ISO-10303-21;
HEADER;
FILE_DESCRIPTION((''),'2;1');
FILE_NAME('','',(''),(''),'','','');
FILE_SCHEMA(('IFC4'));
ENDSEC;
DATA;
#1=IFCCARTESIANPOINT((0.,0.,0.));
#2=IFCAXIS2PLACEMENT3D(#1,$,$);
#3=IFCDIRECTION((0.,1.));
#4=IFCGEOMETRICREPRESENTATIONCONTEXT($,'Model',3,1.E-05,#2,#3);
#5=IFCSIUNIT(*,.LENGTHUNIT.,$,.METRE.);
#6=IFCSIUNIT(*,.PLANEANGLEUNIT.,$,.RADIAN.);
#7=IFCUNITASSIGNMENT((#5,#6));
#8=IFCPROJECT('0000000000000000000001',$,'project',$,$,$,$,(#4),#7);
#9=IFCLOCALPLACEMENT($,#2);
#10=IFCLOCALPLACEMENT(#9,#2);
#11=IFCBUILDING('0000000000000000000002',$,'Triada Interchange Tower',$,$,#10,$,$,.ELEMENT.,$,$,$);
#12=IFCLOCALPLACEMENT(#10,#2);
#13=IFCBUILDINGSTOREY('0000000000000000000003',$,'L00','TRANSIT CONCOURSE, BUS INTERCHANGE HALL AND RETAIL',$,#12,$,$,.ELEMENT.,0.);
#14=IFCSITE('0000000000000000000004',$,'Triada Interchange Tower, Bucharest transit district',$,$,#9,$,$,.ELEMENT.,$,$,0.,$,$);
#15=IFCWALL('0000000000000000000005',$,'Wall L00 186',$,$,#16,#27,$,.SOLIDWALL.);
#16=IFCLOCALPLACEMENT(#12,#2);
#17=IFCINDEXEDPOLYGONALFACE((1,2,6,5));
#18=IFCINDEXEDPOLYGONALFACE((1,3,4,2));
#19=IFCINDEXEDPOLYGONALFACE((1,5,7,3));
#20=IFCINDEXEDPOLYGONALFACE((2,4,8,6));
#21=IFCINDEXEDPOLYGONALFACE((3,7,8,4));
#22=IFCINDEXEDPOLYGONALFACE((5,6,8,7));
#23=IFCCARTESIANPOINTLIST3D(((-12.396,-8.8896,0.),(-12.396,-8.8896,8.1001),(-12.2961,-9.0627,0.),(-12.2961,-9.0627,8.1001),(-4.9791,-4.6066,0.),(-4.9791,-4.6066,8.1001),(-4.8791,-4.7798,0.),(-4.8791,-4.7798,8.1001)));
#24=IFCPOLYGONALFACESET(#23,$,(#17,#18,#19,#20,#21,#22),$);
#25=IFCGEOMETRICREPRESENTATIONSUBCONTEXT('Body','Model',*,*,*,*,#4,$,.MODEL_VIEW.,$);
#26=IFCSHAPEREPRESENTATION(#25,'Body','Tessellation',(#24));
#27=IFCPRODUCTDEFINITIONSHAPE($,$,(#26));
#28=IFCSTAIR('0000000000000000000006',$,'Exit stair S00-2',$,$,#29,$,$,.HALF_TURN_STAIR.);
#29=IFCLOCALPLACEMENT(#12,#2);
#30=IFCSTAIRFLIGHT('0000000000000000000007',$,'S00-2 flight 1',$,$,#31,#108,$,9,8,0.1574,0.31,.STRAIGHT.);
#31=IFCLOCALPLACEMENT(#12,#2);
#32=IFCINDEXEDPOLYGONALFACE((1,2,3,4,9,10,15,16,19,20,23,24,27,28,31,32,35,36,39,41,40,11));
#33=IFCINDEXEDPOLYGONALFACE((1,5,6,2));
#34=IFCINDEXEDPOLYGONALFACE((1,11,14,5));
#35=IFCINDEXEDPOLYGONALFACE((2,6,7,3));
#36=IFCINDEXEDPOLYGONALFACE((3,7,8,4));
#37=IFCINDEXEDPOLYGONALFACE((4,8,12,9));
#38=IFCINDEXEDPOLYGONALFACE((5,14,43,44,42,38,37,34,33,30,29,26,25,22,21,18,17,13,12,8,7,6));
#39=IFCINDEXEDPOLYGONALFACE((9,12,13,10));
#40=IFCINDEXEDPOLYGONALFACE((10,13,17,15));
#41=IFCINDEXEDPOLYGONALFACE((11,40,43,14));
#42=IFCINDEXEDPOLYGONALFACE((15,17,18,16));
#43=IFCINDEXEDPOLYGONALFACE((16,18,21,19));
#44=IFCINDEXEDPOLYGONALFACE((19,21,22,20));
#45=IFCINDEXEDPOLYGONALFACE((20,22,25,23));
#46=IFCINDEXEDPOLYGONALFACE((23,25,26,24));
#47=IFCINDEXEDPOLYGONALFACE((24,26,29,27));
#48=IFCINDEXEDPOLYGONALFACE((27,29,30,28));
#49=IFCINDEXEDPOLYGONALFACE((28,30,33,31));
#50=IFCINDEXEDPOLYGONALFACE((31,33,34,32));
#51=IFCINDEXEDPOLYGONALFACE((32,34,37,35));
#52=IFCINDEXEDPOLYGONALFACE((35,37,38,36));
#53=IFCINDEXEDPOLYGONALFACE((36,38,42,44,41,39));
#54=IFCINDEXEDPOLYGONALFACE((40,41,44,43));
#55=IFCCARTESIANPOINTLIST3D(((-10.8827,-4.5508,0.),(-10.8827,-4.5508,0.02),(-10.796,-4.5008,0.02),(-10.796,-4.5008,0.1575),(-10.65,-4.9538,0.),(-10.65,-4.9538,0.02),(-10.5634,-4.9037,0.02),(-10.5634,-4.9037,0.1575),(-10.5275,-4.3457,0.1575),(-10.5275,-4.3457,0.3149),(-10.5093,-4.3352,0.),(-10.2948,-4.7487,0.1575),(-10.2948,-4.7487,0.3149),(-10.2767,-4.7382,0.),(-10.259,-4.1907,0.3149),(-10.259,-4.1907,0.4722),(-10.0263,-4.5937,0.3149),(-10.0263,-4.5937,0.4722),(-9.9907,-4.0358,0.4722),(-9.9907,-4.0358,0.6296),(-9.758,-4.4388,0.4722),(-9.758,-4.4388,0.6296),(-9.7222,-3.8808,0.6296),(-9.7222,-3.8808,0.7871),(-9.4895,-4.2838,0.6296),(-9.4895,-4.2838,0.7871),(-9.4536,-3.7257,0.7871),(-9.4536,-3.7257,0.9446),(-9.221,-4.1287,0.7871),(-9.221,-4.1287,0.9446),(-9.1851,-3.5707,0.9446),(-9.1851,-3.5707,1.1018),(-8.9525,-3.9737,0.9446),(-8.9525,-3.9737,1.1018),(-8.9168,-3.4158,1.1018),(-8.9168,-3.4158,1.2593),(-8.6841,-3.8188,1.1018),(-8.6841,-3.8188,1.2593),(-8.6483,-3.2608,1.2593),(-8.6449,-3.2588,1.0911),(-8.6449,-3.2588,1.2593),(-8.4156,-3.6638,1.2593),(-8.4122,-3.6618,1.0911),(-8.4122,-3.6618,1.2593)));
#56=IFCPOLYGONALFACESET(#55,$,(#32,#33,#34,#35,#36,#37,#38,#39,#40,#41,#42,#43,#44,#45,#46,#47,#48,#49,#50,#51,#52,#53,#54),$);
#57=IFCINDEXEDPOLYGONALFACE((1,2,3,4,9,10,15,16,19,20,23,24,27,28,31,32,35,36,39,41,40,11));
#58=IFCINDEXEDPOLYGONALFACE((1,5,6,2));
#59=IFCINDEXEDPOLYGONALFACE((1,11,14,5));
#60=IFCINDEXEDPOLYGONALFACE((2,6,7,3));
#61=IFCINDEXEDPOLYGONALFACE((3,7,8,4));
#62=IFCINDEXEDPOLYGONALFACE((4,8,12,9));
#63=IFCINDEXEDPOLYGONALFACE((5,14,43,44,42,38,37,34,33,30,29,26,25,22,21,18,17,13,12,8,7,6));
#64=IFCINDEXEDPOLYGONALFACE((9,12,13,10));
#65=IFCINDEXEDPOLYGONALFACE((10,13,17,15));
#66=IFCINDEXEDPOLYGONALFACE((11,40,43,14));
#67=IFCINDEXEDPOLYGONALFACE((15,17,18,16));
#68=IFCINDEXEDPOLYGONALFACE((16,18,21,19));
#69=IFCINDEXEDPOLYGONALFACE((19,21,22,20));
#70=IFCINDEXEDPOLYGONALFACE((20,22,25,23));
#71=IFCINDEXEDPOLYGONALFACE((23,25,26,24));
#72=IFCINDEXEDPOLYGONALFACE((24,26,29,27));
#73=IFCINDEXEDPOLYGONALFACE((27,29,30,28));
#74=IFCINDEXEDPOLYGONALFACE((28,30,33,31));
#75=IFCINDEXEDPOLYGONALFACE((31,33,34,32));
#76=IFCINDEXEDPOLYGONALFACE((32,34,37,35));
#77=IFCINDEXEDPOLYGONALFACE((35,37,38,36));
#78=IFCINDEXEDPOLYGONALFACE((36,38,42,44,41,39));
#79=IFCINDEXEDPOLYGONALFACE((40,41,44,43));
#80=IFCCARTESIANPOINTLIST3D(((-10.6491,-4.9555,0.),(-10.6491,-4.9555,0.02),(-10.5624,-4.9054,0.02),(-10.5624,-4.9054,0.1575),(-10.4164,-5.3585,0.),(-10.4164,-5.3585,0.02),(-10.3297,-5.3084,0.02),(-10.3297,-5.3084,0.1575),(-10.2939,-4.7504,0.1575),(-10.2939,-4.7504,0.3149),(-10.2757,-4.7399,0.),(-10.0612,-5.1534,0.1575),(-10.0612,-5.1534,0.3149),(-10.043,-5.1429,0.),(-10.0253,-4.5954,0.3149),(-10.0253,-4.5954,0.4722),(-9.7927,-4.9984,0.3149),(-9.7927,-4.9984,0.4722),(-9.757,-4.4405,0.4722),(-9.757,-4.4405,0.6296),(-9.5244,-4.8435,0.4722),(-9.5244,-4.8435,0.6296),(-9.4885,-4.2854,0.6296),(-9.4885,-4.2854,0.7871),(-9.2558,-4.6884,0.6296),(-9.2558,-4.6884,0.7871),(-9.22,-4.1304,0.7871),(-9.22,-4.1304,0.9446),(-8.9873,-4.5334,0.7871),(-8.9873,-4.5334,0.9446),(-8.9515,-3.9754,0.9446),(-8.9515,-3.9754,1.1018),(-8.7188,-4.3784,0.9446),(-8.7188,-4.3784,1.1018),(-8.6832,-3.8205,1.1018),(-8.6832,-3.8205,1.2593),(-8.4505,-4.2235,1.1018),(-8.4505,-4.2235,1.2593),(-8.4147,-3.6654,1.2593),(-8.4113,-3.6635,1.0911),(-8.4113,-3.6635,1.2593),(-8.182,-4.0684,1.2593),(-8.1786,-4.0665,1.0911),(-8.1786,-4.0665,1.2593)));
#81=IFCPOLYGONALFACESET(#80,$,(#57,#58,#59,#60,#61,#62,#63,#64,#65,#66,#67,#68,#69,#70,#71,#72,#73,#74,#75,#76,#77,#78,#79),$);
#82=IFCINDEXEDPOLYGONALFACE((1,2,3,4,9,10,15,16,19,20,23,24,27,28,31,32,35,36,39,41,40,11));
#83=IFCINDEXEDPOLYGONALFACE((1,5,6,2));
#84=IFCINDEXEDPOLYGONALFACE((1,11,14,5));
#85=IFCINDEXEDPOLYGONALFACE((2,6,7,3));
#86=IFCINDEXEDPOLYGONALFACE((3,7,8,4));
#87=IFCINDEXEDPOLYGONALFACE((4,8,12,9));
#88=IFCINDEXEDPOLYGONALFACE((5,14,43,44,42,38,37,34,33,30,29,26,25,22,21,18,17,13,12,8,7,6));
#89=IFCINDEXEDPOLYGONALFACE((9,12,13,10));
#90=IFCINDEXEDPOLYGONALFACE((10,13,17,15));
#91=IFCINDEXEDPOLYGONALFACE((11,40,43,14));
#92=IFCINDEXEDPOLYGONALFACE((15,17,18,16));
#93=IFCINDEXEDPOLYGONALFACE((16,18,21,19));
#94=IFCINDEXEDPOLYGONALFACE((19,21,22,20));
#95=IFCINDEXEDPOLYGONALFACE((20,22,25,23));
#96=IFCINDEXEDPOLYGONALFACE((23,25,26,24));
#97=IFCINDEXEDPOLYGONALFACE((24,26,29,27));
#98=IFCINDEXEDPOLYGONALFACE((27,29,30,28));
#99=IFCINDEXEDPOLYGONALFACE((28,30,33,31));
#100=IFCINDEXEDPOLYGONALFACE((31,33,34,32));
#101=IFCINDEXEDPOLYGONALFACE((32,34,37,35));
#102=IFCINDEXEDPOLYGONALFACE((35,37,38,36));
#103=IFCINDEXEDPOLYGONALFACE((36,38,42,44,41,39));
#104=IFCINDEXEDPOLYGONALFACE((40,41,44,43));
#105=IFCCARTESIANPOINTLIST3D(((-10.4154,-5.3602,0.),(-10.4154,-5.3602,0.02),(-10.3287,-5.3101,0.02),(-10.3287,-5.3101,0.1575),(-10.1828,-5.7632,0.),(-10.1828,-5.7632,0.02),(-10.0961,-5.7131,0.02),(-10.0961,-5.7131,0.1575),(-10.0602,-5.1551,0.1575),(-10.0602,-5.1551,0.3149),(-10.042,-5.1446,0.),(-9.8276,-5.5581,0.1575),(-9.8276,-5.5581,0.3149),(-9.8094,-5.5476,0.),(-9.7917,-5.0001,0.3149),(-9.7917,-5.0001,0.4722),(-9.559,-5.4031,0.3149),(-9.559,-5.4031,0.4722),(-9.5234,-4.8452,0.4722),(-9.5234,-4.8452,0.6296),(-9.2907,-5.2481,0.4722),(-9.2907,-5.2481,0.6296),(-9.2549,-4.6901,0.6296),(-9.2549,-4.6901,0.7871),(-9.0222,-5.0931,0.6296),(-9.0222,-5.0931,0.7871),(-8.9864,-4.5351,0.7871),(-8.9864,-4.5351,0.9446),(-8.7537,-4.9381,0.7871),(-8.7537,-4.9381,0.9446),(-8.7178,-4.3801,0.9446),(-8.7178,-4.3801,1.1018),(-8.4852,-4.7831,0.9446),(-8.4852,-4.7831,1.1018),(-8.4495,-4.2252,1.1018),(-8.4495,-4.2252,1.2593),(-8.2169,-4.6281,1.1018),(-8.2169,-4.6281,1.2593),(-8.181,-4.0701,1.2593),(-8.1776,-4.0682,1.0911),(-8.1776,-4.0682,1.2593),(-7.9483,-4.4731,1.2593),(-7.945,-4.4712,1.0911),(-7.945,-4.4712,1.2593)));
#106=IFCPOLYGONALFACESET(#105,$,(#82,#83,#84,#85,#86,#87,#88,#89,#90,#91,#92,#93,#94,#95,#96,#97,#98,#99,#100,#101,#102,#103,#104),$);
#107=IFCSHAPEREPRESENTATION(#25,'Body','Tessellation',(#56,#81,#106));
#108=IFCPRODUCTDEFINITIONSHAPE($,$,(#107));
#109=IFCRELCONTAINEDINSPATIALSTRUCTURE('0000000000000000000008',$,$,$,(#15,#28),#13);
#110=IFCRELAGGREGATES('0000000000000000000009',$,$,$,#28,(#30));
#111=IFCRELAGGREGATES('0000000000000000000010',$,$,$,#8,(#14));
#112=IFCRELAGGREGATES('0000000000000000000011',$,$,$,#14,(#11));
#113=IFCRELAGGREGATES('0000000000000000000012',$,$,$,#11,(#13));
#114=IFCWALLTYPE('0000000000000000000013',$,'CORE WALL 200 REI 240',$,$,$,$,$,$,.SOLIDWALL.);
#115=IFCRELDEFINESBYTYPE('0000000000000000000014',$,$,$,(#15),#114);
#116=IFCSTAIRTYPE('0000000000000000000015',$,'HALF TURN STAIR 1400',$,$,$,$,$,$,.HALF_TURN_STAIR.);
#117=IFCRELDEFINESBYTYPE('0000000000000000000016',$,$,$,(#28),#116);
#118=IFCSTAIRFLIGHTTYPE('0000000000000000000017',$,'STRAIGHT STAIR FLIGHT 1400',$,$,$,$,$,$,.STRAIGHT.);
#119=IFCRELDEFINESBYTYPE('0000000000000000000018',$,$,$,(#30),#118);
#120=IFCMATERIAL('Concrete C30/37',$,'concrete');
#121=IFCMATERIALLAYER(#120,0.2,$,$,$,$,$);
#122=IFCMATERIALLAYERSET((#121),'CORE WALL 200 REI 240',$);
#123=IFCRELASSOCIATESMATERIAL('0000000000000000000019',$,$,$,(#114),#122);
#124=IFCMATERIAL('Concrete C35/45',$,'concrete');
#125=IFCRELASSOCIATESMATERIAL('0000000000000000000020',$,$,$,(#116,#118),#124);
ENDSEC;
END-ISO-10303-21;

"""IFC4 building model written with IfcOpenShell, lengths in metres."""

from ifc_helpers import new_model, si_unit, direction, frame, frame_2d, origin, place, context, subcontext, project, spatial, polyline, rectangle, outline, extrude, material, layer, layer_set, type_object, element, aggregate, save


model = new_model("IFC4")

# Units and contexts
model_context = context("Model", 3, precision=1e-05, world=origin(), true_north=direction((0.0, 1.0)))
body_context = subcontext(model_context, "Body", "Model", "MODEL_VIEW")
ifc_project = project(units=[si_unit("LENGTHUNIT", "METRE"), si_unit("PLANEANGLEUNIT", "RADIAN")], contexts=[model_context])

# Site, building, storey
site_placement = place(None, origin())
site = spatial("IfcSite", under=ifc_project, at=site_placement, Name="Triada Interchange Tower, Bucharest transit district", CompositionType="ELEMENT", RefElevation=0.0)
building_placement = place(site_placement, origin())
building = spatial("IfcBuilding", under=site, at=building_placement, Name="Triada Interchange Tower", CompositionType="ELEMENT")
storey_placement = place(building_placement, origin())
storey = spatial("IfcBuildingStorey", under=building, at=storey_placement, Name="L00", Description="TRANSIT CONCOURSE, BUS INTERCHANGE HALL AND RETAIL", CompositionType="ELEMENT", Elevation=0.0)

# Shared definitions
ifc_material_1 = material(Name="Concrete C35/45", Category="concrete")

# Shared definitions
ifc_material_2 = material(Name="Concrete C30/37", Category="concrete")

# Wall
ifc_layer_1 = layer(ifc_material_2, 0.2)
ifc_layer_set_1 = layer_set([ifc_layer_1], Name="CORE WALL 200 REI 240")
wall_type_1 = type_object("IfcWallType", Name="CORE WALL 200 REI 240", PredefinedType="SOLIDWALL", material=ifc_layer_set_1)
wall_1_placement = place(storey_placement, frame((-12.3459, -8.9761, 0.0), z_axis=(0.0, 0.0, 1.0), x_axis=(0.865987, 0.500066, 0.0)))
element("IfcWall", 1, at=wall_1_placement, inside=storey, type_object=wall_type_1, Name="Wall L00 186", PredefinedType="SOLIDWALL", context=body_context, shape_type="SweptSolid", body=[
    extrude(rectangle(XDim=8.5647, YDim=0.2, at=frame_2d((4.2822, 0.0))), origin(), (0.0, 0.0, 1.0), 8.1001),
])

# Stair, stair flight
stair_type = type_object("IfcStairType", Name="HALF TURN STAIR 1400", PredefinedType="HALF_TURN_STAIR", material=ifc_material_1)
stair_placement = place(storey_placement, origin())
stair = element("IfcStair", 2, at=stair_placement, inside=storey, type_object=stair_type, Name="Exit stair S00-2", PredefinedType="HALF_TURN_STAIR")
stair_flight_type = type_object("IfcStairFlightType", Name="STRAIGHT STAIR FLIGHT 1400", PredefinedType="STRAIGHT", material=ifc_material_1)
stair_flight_1_placement = place(storey_placement, frame((-10.446, -5.1069, 0.0), z_axis=(0.0, 0.0, 1.0), x_axis=(0.866025, 0.5, 0.0)))
stair_flight_1 = element("IfcStairFlight", 3, at=stair_flight_1_placement, type_object=stair_flight_type, Name="S00-2 flight 1", NumberOfRisers=9, NumberOfTreads=8, PredefinedType="STRAIGHT", RiserHeight=0.1574, TreadLength=0.31, context=body_context, shape_type="SweptSolid", body=[
    extrude(outline(polyline([(-0.1001, 0.0), (-0.1001, 0.02), (0.0, 0.02), (0.0, 0.1575), (0.3101, 0.1575), (0.3101, 0.3149), (0.6201, 0.3149), (0.6201, 0.4722), (0.9299, 0.4722), (0.9299, 0.6296), (1.24, 0.6296), (1.24, 0.7871), (1.55, 0.7871), (1.55, 0.9446), (1.8601, 0.9446), (1.8601, 1.1018), (2.1699, 1.1018), (2.1699, 1.2593), (2.48, 1.2593), (2.4839, 1.2593), (2.4839, 1.4167), (2.4839, 1.0911), (0.3311, 0.0), (-0.1001, 0.0)])), frame((0.0, 0.7, 0.0), z_axis=(0.0, -1.0, 0.0), x_axis=(1.0, 0.0, 0.0)), (0.0, 0.0, 1.0), 0.4653),
    extrude(outline(polyline([(-0.1001, 0.0), (-0.1001, 0.02), (0.0, 0.02), (0.0, 0.1575), (0.3101, 0.1575), (0.3101, 0.3149), (0.6201, 0.3149), (0.6201, 0.4722), (0.9299, 0.4722), (0.9299, 0.6296), (1.24, 0.6296), (1.24, 0.7871), (1.55, 0.7871), (1.55, 0.9446), (1.8601, 0.9446), (1.8601, 1.1018), (2.1699, 1.1018), (2.1699, 1.2593), (2.48, 1.2593), (2.4839, 1.2593), (2.4839, 1.4167), (2.4839, 1.0911), (0.3311, 0.0), (-0.1001, 0.0)])), frame((0.0, 0.2327, 0.0), z_axis=(0.0, -1.0, 0.0), x_axis=(1.0, 0.0, 0.0)), (0.0, 0.0, 1.0), 0.4653),
    extrude(outline(polyline([(-0.1001, 0.0), (-0.1001, 0.02), (0.0, 0.02), (0.0, 0.1575), (0.3101, 0.1575), (0.3101, 0.3149), (0.6201, 0.3149), (0.6201, 0.4722), (0.9299, 0.4722), (0.9299, 0.6296), (1.24, 0.6296), (1.24, 0.7871), (1.55, 0.7871), (1.55, 0.9446), (1.8601, 0.9446), (1.8601, 1.1018), (2.1699, 1.1018), (2.1699, 1.2593), (2.48, 1.2593), (2.4839, 1.2593), (2.4839, 1.4167), (2.4839, 1.0911), (0.3311, 0.0), (-0.1001, 0.0)])), frame((0.0, -0.2346, 0.0), z_axis=(0.0, -1.0, 0.0), x_axis=(1.0, 0.0, 0.0)), (0.0, 0.0, 1.0), 0.4653),
])
aggregate(stair, [stair_flight_1])

save(model, "model.ifc")
